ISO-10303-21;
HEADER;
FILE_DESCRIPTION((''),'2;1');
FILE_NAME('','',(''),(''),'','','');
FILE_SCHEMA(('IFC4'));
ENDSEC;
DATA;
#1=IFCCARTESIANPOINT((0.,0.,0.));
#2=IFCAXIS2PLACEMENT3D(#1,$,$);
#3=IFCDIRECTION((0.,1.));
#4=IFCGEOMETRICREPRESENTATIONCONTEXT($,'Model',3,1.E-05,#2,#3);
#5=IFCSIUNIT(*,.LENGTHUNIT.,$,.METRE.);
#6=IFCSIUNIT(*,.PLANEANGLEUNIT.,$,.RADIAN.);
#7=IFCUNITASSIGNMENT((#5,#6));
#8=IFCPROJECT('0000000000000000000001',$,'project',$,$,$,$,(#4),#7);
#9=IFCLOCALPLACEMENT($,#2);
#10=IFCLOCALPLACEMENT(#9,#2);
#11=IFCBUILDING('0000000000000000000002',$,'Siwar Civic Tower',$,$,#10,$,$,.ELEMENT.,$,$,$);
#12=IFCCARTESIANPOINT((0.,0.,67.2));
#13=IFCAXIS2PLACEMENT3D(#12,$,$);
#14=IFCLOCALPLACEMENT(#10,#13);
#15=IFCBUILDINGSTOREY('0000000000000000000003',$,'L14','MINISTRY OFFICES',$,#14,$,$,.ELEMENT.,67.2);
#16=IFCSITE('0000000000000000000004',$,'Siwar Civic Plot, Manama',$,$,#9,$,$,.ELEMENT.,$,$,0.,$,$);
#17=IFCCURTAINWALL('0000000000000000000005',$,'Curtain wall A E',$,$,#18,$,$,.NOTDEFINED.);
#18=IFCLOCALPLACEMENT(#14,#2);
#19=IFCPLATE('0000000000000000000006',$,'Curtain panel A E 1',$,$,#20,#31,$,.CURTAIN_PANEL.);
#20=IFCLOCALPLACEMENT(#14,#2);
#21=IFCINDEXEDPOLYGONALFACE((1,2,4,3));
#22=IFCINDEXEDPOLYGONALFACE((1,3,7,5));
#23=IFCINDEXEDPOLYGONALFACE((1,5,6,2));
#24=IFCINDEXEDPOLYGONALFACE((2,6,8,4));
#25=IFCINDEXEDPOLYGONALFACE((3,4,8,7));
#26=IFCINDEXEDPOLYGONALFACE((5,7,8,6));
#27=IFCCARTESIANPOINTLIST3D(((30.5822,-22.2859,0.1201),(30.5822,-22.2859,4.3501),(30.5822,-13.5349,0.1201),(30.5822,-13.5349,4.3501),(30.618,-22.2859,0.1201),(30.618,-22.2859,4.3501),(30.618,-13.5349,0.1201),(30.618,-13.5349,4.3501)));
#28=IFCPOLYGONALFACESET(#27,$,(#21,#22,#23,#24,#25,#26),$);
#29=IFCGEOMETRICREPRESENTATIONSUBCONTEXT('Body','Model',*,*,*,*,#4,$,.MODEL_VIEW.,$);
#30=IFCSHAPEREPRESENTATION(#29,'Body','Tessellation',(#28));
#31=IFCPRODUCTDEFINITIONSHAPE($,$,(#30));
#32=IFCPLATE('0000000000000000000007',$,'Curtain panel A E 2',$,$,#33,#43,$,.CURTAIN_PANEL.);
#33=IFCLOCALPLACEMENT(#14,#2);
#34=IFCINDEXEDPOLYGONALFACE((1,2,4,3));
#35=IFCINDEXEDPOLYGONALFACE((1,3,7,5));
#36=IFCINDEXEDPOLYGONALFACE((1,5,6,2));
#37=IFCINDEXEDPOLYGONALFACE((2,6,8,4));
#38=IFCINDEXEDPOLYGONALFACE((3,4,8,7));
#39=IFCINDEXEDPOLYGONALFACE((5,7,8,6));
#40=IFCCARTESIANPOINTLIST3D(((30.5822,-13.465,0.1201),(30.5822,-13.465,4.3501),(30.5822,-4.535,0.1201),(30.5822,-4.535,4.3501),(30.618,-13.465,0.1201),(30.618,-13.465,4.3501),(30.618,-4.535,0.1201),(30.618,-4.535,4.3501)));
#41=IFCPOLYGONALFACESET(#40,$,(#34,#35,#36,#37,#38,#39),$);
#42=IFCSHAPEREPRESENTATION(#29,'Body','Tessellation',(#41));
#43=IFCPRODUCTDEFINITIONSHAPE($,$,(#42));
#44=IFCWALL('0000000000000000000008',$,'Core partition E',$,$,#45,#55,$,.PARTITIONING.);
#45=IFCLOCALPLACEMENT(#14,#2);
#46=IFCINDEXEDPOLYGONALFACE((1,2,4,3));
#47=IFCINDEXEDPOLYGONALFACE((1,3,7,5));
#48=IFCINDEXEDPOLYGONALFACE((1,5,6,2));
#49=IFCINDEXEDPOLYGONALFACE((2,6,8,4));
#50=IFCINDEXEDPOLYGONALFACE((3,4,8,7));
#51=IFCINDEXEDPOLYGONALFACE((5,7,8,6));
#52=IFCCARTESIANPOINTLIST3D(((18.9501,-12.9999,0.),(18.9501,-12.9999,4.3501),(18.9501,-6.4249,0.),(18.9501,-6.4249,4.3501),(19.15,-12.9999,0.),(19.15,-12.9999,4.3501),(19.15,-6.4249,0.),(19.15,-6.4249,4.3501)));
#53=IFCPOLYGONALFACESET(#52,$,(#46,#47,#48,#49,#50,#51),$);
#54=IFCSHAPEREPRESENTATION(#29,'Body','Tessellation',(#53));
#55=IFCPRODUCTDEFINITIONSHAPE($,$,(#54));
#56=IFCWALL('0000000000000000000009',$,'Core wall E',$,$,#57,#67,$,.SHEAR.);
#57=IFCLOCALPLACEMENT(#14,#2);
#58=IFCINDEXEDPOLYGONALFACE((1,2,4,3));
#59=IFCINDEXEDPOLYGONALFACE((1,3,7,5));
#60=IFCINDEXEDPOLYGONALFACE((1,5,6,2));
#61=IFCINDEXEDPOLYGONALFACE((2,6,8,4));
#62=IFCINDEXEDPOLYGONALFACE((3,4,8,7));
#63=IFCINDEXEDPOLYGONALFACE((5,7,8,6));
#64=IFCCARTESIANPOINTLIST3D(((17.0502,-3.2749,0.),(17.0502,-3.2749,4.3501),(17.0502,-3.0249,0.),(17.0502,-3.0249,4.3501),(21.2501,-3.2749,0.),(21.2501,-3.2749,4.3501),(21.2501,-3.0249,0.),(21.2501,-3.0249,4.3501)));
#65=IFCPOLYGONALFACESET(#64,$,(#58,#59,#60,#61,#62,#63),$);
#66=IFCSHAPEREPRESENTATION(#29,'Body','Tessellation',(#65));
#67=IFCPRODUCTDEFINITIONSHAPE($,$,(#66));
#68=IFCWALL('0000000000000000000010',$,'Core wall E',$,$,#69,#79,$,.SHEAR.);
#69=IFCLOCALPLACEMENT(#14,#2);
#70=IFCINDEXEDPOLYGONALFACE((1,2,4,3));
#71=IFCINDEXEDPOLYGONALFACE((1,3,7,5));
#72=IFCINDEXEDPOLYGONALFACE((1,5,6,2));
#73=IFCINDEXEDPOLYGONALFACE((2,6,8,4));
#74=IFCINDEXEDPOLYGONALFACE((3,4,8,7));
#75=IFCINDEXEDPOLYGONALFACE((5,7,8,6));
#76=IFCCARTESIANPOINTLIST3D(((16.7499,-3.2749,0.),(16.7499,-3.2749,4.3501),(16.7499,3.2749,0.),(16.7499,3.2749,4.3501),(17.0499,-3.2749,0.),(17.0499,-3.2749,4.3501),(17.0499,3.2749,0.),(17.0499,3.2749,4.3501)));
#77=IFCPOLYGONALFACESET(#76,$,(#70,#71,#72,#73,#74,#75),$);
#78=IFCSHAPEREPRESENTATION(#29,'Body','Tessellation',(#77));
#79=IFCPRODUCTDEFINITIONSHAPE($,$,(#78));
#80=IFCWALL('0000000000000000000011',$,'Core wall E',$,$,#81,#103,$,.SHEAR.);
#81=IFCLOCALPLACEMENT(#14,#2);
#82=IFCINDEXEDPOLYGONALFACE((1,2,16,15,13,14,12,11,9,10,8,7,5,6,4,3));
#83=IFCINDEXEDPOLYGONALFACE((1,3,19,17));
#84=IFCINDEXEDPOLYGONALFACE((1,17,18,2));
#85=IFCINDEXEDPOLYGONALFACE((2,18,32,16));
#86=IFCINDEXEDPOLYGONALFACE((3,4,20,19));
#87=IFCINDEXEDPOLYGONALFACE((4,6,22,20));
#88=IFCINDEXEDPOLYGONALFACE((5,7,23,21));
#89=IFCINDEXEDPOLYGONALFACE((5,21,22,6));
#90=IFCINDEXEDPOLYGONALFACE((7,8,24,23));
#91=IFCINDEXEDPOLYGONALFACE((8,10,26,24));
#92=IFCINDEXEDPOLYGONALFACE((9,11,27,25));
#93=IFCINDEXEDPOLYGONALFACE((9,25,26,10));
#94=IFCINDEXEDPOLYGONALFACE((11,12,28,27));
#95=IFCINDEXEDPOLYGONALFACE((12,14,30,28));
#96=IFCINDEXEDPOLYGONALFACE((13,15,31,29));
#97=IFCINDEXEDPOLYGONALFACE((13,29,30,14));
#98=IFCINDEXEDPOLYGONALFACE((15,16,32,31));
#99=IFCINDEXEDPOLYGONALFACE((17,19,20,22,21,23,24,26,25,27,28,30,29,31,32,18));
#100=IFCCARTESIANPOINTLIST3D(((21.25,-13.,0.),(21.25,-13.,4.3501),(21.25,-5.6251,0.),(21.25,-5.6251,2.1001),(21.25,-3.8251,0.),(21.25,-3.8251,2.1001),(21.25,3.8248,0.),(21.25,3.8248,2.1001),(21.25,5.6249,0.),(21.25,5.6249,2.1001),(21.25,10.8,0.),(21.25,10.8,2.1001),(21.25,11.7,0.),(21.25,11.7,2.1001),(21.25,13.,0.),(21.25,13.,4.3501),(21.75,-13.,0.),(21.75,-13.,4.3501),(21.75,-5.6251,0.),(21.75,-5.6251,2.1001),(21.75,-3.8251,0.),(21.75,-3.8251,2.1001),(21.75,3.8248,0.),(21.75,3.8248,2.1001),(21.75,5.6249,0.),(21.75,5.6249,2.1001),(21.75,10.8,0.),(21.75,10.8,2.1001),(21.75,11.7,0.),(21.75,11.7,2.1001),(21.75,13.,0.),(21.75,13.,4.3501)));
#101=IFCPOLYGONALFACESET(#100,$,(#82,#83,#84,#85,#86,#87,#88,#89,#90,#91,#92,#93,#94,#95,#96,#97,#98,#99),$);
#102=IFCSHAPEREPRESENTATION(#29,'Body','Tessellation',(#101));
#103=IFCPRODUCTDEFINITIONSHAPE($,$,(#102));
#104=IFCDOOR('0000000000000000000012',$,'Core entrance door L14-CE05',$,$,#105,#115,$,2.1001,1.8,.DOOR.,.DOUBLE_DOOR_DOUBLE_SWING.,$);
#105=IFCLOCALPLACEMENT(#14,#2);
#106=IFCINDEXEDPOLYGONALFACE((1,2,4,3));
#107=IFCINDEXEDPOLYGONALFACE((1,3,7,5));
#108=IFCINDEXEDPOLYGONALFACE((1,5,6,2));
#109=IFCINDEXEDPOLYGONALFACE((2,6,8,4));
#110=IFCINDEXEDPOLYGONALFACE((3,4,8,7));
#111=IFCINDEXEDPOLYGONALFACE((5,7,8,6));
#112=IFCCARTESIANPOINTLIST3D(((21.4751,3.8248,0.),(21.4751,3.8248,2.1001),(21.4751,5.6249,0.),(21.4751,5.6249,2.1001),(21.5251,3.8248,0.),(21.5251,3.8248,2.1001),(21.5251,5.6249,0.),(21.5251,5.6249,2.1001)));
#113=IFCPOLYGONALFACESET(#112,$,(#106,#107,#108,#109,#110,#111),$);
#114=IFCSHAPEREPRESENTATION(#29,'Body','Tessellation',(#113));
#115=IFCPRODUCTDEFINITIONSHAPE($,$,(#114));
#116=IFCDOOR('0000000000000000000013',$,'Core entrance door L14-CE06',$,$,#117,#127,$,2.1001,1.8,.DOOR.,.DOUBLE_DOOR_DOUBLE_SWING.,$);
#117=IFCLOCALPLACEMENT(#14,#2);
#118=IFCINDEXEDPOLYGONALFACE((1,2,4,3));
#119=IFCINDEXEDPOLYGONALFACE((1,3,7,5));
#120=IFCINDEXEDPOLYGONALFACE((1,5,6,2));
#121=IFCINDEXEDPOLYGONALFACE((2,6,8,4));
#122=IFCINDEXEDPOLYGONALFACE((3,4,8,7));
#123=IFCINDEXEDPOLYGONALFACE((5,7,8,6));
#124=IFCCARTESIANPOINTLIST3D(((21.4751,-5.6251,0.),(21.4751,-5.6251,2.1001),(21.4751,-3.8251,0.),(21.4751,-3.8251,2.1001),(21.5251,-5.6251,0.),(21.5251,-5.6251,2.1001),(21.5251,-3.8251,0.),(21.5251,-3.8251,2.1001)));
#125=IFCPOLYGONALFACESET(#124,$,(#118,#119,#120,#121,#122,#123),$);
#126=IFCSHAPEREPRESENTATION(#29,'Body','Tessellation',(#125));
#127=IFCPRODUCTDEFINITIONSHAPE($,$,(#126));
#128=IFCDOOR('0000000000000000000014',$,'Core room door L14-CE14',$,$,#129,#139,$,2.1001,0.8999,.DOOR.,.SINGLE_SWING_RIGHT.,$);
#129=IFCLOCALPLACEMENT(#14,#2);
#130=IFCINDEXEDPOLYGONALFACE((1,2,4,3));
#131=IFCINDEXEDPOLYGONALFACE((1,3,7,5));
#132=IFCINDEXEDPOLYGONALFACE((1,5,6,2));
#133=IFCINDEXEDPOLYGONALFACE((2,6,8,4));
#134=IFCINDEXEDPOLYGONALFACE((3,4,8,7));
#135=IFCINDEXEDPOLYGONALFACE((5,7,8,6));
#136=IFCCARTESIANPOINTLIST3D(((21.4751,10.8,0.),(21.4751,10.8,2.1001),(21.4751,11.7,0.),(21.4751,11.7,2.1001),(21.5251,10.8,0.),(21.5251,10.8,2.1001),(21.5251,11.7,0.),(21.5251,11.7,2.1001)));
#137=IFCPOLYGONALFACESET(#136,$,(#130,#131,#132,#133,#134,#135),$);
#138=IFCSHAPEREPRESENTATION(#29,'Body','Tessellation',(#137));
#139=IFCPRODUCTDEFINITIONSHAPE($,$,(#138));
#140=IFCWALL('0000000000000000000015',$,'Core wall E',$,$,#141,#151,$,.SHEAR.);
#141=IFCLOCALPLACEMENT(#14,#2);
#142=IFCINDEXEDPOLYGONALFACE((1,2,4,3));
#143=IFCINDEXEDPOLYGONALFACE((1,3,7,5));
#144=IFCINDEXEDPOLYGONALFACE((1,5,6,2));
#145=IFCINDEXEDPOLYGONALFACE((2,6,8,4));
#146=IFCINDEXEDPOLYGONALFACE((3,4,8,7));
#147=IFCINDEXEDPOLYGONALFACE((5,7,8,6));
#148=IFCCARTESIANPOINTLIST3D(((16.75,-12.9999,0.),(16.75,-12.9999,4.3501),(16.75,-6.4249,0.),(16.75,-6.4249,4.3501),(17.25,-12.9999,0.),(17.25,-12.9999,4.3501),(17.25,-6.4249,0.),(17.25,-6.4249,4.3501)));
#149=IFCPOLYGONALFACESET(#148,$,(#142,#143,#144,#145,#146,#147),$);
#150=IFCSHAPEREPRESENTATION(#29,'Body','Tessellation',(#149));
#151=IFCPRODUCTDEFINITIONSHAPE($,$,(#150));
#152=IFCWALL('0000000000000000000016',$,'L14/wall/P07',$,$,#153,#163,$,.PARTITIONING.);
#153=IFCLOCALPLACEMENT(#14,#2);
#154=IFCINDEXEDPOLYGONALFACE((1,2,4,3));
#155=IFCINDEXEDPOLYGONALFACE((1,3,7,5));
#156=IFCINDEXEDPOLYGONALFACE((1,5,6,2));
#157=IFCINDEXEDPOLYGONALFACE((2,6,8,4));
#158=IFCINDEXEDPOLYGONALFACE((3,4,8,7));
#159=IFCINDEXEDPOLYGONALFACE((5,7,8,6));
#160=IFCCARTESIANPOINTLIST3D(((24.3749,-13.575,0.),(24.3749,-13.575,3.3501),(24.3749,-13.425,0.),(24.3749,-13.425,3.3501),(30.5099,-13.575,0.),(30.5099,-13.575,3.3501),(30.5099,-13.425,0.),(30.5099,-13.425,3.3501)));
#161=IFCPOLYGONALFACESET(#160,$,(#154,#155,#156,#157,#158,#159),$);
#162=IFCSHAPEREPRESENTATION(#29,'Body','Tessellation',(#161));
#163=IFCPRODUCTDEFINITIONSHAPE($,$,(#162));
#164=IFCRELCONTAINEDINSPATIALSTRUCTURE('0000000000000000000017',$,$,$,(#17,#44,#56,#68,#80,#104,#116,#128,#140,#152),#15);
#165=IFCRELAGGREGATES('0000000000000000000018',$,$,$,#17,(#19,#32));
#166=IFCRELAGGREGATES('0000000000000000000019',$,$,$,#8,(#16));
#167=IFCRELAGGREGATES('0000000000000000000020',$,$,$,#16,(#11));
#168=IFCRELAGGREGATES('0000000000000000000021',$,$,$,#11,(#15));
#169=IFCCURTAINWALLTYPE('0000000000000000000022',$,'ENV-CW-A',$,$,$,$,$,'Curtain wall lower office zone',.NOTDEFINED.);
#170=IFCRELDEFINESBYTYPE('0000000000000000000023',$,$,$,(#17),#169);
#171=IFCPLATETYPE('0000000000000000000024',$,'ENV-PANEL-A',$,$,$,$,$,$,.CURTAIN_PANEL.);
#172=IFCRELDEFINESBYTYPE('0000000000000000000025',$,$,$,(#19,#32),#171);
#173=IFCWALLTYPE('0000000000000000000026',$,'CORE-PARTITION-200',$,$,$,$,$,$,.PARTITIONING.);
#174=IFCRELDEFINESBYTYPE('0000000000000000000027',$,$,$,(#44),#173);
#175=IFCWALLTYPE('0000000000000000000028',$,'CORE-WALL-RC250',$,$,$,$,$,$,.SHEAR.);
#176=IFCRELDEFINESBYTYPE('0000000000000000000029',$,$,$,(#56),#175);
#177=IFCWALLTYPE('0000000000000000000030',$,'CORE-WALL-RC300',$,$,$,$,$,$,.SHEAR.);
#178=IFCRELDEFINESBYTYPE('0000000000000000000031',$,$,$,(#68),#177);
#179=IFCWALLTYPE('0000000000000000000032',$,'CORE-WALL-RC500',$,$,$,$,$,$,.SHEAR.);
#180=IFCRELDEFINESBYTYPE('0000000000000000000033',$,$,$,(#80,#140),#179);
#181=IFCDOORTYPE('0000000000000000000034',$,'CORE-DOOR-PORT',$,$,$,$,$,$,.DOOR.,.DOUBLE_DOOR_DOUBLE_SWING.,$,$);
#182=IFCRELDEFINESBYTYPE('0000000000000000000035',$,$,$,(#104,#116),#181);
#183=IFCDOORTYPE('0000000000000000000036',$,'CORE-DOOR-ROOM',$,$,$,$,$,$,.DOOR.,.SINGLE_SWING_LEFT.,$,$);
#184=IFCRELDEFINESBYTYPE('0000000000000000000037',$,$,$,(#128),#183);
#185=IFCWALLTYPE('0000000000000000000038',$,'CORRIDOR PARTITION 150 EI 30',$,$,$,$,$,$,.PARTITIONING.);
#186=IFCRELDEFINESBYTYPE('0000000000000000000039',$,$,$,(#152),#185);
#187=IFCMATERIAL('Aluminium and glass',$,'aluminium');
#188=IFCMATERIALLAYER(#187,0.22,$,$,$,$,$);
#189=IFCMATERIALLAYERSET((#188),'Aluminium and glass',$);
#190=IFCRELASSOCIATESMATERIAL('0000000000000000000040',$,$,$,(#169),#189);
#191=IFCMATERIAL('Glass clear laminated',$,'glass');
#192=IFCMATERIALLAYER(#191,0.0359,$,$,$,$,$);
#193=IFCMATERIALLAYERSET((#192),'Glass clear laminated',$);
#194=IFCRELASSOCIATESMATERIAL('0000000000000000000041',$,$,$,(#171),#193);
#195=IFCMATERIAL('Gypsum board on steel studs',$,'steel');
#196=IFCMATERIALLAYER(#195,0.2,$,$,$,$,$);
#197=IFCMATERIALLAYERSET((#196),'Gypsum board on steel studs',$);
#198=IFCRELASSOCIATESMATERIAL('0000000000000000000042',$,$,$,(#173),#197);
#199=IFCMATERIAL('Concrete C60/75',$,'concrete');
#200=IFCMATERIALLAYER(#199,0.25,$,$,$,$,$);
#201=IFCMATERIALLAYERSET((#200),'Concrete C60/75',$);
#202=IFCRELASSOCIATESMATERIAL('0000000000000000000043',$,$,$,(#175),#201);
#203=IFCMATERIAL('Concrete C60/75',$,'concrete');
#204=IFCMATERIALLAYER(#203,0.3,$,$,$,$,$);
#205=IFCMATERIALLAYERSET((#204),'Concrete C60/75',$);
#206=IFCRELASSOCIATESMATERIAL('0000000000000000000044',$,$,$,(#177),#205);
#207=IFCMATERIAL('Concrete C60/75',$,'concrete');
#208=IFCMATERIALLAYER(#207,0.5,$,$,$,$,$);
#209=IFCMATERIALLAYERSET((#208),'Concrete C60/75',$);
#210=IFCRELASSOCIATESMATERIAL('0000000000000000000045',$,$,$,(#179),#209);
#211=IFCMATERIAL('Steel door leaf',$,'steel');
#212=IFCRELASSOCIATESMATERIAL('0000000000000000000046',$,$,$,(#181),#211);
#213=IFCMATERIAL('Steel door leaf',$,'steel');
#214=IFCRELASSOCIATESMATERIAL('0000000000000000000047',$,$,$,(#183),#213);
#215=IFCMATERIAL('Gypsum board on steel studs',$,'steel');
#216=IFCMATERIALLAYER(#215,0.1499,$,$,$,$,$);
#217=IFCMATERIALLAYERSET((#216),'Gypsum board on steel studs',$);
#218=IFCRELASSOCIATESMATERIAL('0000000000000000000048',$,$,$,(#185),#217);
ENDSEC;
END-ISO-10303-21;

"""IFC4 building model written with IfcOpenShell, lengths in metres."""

from ifc_helpers import new_model, si_unit, direction, frame, frame_2d, origin, origin_2d, place, context, subcontext, project, spatial, rectangle, extrude, material, layer, layer_set, type_object, element, fill, aggregate, save


model = new_model("IFC4")

# Units and contexts
model_context = context("Model", 3, precision=1e-05, world=origin(), true_north=direction((0.0, 1.0)))
body_context = subcontext(model_context, "Body", "Model", "MODEL_VIEW")
ifc_project = project(units=[si_unit("LENGTHUNIT", "METRE"), si_unit("PLANEANGLEUNIT", "RADIAN")], contexts=[model_context])

# Site, building, storey
site_placement = place(None, origin())
site = spatial("IfcSite", under=ifc_project, at=site_placement, Name="Siwar Civic Plot, Manama", CompositionType="ELEMENT", RefElevation=0.0)
building_placement = place(site_placement, origin())
building = spatial("IfcBuilding", under=site, at=building_placement, Name="Siwar Civic Tower", CompositionType="ELEMENT")
storey_placement = place(building_placement, frame((0.0, 0.0, 67.2)))
storey = spatial("IfcBuildingStorey", under=building, at=storey_placement, Name="L14", Description="MINISTRY OFFICES", CompositionType="ELEMENT", Elevation=67.2)

# Curtain wall
ifc_material_1 = material(Name="Aluminium and glass", Category="aluminium")
ifc_layer_1 = layer(ifc_material_1, 0.22)
ifc_layer_set_1 = layer_set([ifc_layer_1], Name="Aluminium and glass")
curtain_wall_type = type_object("IfcCurtainWallType", Name="ENV-CW-A", ElementType="Curtain wall lower office zone", PredefinedType="NOTDEFINED", material=ifc_layer_set_1)
curtain_wall_placement = place(storey_placement, origin())
curtain_wall = element("IfcCurtainWall", 1, at=curtain_wall_placement, inside=storey, type_object=curtain_wall_type, Name="Curtain wall A E", PredefinedType="NOTDEFINED")

# Plates
ifc_material_2 = material(Name="Glass clear laminated", Category="glass")
ifc_layer_2 = layer(ifc_material_2, 0.0359)
ifc_layer_set_2 = layer_set([ifc_layer_2], Name="Glass clear laminated")
plate_type = type_object("IfcPlateType", Name="ENV-PANEL-A", PredefinedType="CURTAIN_PANEL", material=ifc_layer_set_2)
plate_1_placement = place(storey_placement, frame((30.6001, -17.9104, 0.1201), z_axis=(0.0, 0.0, 1.0), x_axis=(0.0, 1.0, 0.0)))
plate_1 = element("IfcPlate", 2, at=plate_1_placement, type_object=plate_type, Name="Curtain panel A E 1", PredefinedType="CURTAIN_PANEL", context=body_context, shape_type="SweptSolid", body=[
    extrude(rectangle(XDim=8.751, YDim=0.0359, at=origin_2d()), origin(), (0.0, 0.0, 1.0), 4.23),
])
plate_2_placement = place(storey_placement, frame((30.6001, -9.0, 0.1201), z_axis=(0.0, 0.0, 1.0), x_axis=(0.0, 1.0, 0.0)))
plate_2 = element("IfcPlate", 3, at=plate_2_placement, type_object=plate_type, Name="Curtain panel A E 2", PredefinedType="CURTAIN_PANEL", context=body_context, shape_type="SweptSolid", body=[
    extrude(rectangle(XDim=8.9299, YDim=0.0359, at=origin_2d()), origin(), (0.0, 0.0, 1.0), 4.23),
])
aggregate(curtain_wall, [plate_1, plate_2])

# Walls
ifc_material_3 = material(Name="Gypsum board on steel studs", Category="steel")
ifc_layer_3 = layer(ifc_material_3, 0.2)
ifc_layer_set_3 = layer_set([ifc_layer_3], Name="Gypsum board on steel studs")
wall_type_1 = type_object("IfcWallType", Name="CORE-PARTITION-200", PredefinedType="PARTITIONING", material=ifc_layer_set_3)
wall_1_placement = place(storey_placement, frame((19.05, -13.0, 0.0), z_axis=(0.0, 0.0, 1.0), x_axis=(0.0, 1.0, 0.0)))
element("IfcWall", 4, at=wall_1_placement, inside=storey, type_object=wall_type_1, Name="Core partition E", PredefinedType="PARTITIONING", context=body_context, shape_type="SweptSolid", body=[
    extrude(rectangle(XDim=6.575, YDim=0.2, at=frame_2d((3.2876, 0.0))), origin(), (0.0, 0.0, 1.0), 4.3501),
])
ifc_material_4 = material(Name="Concrete C60/75", Category="concrete")
ifc_layer_4 = layer(ifc_material_4, 0.25)
ifc_layer_set_4 = layer_set([ifc_layer_4], Name="Concrete C60/75")
wall_type_2 = type_object("IfcWallType", Name="CORE-WALL-RC250", PredefinedType="SHEAR", material=ifc_layer_set_4)
wall_2_placement = place(storey_placement, frame((17.05, -3.1499, 0.0), z_axis=(0.0, 0.0, 1.0), x_axis=(1.0, 0.0, 0.0)))
element("IfcWall", 5, at=wall_2_placement, inside=storey, type_object=wall_type_2, Name="Core wall E", PredefinedType="SHEAR", context=body_context, shape_type="SweptSolid", body=[
    extrude(rectangle(XDim=4.2, YDim=0.25, at=frame_2d((2.1001, 0.0))), origin(), (0.0, 0.0, 1.0), 4.3501),
])
ifc_material_5 = material(Name="Concrete C60/75", Category="concrete")
ifc_layer_5 = layer(ifc_material_5, 0.3)
ifc_layer_set_5 = layer_set([ifc_layer_5], Name="Concrete C60/75")
wall_type_3 = type_object("IfcWallType", Name="CORE-WALL-RC300", PredefinedType="SHEAR", material=ifc_layer_set_5)
wall_3_placement = place(storey_placement, frame((16.8999, -3.2749, 0.0), z_axis=(0.0, 0.0, 1.0), x_axis=(0.0, 1.0, 0.0)))
element("IfcWall", 6, at=wall_3_placement, inside=storey, type_object=wall_type_3, Name="Core wall E", PredefinedType="SHEAR", context=body_context, shape_type="SweptSolid", body=[
    extrude(rectangle(XDim=6.5498, YDim=0.3, at=frame_2d((3.2749, 0.0))), origin(), (0.0, 0.0, 1.0), 4.3501),
])

# Wall, openings, doors
ifc_material_6 = material(Name="Concrete C60/75", Category="concrete")
ifc_layer_6 = layer(ifc_material_6, 0.5)
ifc_layer_set_6 = layer_set([ifc_layer_6], Name="Concrete C60/75")
wall_type_4 = type_object("IfcWallType", Name="CORE-WALL-RC500", PredefinedType="SHEAR", material=ifc_layer_set_6)
wall_4_placement = place(storey_placement, frame((21.5, -13.0, 0.0), z_axis=(0.0, 0.0, 1.0), x_axis=(0.0, 1.0, 0.0)))
wall_4 = element("IfcWall", 7, at=wall_4_placement, inside=storey, type_object=wall_type_4, Name="Core wall E", PredefinedType="SHEAR", context=body_context, shape_type="SweptSolid", body=[
    extrude(rectangle(XDim=26.0, YDim=0.5, at=frame_2d((13.0, 0.0))), origin(), (0.0, 0.0, 1.0), 4.3501),
])
opening_1_placement = place(wall_4_placement, frame((16.825, 0.0, 0.0)))
opening_1 = element("IfcOpeningElement", 8, at=opening_1_placement, cuts=wall_4, PredefinedType="OPENING", context=body_context, shape_type="SweptSolid", body=[
    extrude(rectangle(XDim=1.8, YDim=2.1001, at=frame_2d((0.8999, 1.05))), frame((0.0, 0.26, 0.0), z_axis=(0.0, -1.0, 0.0), x_axis=(1.0, 0.0, 0.0)), (0.0, 0.0, 1.0), 0.52),
])
opening_2_placement = place(wall_4_placement, frame((7.375, 0.0, 0.0)))
opening_2 = element("IfcOpeningElement", 9, at=opening_2_placement, cuts=wall_4, PredefinedType="OPENING", context=body_context, shape_type="SweptSolid", body=[
    extrude(rectangle(XDim=1.8, YDim=2.1001, at=frame_2d((0.8999, 1.05))), frame((0.0, 0.26, 0.0), z_axis=(0.0, -1.0, 0.0), x_axis=(1.0, 0.0, 0.0)), (0.0, 0.0, 1.0), 0.52),
])
opening_3_placement = place(wall_4_placement, frame((23.8, 0.0, 0.0)))
opening_3 = element("IfcOpeningElement", 10, at=opening_3_placement, cuts=wall_4, PredefinedType="OPENING", context=body_context, shape_type="SweptSolid", body=[
    extrude(rectangle(XDim=0.8999, YDim=2.1001, at=frame_2d((0.45, 1.05))), frame((0.0, 0.26, 0.0), z_axis=(0.0, -1.0, 0.0), x_axis=(1.0, 0.0, 0.0)), (0.0, 0.0, 1.0), 0.52),
])
ifc_material_7 = material(Name="Steel door leaf", Category="steel")
door_type_1 = type_object("IfcDoorType", Name="CORE-DOOR-PORT", OperationType="DOUBLE_DOOR_DOUBLE_SWING", PredefinedType="DOOR", material=ifc_material_7)
door_1_placement = place(opening_1_placement, origin())
door_1 = element("IfcDoor", 11, at=door_1_placement, inside=storey, type_object=door_type_1, Name="Core entrance door L14-CE05", OperationType="DOUBLE_DOOR_DOUBLE_SWING", OverallHeight=2.1001, OverallWidth=1.8, PredefinedType="DOOR", context=body_context, shape_type="SweptSolid", body=[
    extrude(rectangle(XDim=1.8, YDim=2.1001, at=frame_2d((0.8999, 1.05))), frame((0.0, 0.0249, 0.0), z_axis=(0.0, -1.0, 0.0), x_axis=(1.0, 0.0, 0.0)), (0.0, 0.0, 1.0), 0.05),
])
fill(opening_1, door_1)
door_2_placement = place(opening_2_placement, origin())
door_2 = element("IfcDoor", 12, at=door_2_placement, inside=storey, type_object=door_type_1, Name="Core entrance door L14-CE06", OperationType="DOUBLE_DOOR_DOUBLE_SWING", OverallHeight=2.1001, OverallWidth=1.8, PredefinedType="DOOR", context=body_context, shape_type="SweptSolid", body=[
    extrude(rectangle(XDim=1.8, YDim=2.1001, at=frame_2d((0.8999, 1.05))), frame((0.0, 0.0249, 0.0), z_axis=(0.0, -1.0, 0.0), x_axis=(1.0, 0.0, 0.0)), (0.0, 0.0, 1.0), 0.05),
])
fill(opening_2, door_2)
ifc_material_8 = material(Name="Steel door leaf", Category="steel")
door_type_2 = type_object("IfcDoorType", Name="CORE-DOOR-ROOM", OperationType="SINGLE_SWING_LEFT", PredefinedType="DOOR", material=ifc_material_8)
door_3_placement = place(opening_3_placement, origin())
door_3 = element("IfcDoor", 13, at=door_3_placement, inside=storey, type_object=door_type_2, Name="Core room door L14-CE14", OperationType="SINGLE_SWING_RIGHT", OverallHeight=2.1001, OverallWidth=0.8999, PredefinedType="DOOR", context=body_context, shape_type="SweptSolid", body=[
    extrude(rectangle(XDim=0.8999, YDim=2.1001, at=frame_2d((0.45, 1.05))), frame((0.0, 0.0249, 0.0), z_axis=(0.0, -1.0, 0.0), x_axis=(1.0, 0.0, 0.0)), (0.0, 0.0, 1.0), 0.05),
])
fill(opening_3, door_3)

# Walls
wall_5_placement = place(storey_placement, frame((17.0, -13.0, 0.0), z_axis=(0.0, 0.0, 1.0), x_axis=(0.0, 1.0, 0.0)))
element("IfcWall", 14, at=wall_5_placement, inside=storey, type_object=wall_type_4, Name="Core wall E", PredefinedType="SHEAR", context=body_context, shape_type="SweptSolid", body=[
    extrude(rectangle(XDim=6.575, YDim=0.5, at=frame_2d((3.2876, 0.0))), origin(), (0.0, 0.0, 1.0), 4.3501),
])
ifc_material_9 = material(Name="Gypsum board on steel studs", Category="steel")
ifc_layer_7 = layer(ifc_material_9, 0.1499)
ifc_layer_set_7 = layer_set([ifc_layer_7], Name="Gypsum board on steel studs")
wall_type_5 = type_object("IfcWallType", Name="CORRIDOR PARTITION 150 EI 30", PredefinedType="PARTITIONING", material=ifc_layer_set_7)
wall_6_placement = place(storey_placement, frame((24.375, -13.5, 0.0), z_axis=(0.0, 0.0, 1.0), x_axis=(1.0, 0.0, 0.0)))
element("IfcWall", 15, at=wall_6_placement, inside=storey, type_object=wall_type_5, Name="L14/wall/P07", PredefinedType="PARTITIONING", context=body_context, shape_type="SweptSolid", body=[
    extrude(rectangle(XDim=6.135, YDim=0.1499, at=frame_2d((3.0674, 0.0))), origin(), (0.0, 0.0, 1.0), 3.3501),
])

save(model, "model.ifc")
